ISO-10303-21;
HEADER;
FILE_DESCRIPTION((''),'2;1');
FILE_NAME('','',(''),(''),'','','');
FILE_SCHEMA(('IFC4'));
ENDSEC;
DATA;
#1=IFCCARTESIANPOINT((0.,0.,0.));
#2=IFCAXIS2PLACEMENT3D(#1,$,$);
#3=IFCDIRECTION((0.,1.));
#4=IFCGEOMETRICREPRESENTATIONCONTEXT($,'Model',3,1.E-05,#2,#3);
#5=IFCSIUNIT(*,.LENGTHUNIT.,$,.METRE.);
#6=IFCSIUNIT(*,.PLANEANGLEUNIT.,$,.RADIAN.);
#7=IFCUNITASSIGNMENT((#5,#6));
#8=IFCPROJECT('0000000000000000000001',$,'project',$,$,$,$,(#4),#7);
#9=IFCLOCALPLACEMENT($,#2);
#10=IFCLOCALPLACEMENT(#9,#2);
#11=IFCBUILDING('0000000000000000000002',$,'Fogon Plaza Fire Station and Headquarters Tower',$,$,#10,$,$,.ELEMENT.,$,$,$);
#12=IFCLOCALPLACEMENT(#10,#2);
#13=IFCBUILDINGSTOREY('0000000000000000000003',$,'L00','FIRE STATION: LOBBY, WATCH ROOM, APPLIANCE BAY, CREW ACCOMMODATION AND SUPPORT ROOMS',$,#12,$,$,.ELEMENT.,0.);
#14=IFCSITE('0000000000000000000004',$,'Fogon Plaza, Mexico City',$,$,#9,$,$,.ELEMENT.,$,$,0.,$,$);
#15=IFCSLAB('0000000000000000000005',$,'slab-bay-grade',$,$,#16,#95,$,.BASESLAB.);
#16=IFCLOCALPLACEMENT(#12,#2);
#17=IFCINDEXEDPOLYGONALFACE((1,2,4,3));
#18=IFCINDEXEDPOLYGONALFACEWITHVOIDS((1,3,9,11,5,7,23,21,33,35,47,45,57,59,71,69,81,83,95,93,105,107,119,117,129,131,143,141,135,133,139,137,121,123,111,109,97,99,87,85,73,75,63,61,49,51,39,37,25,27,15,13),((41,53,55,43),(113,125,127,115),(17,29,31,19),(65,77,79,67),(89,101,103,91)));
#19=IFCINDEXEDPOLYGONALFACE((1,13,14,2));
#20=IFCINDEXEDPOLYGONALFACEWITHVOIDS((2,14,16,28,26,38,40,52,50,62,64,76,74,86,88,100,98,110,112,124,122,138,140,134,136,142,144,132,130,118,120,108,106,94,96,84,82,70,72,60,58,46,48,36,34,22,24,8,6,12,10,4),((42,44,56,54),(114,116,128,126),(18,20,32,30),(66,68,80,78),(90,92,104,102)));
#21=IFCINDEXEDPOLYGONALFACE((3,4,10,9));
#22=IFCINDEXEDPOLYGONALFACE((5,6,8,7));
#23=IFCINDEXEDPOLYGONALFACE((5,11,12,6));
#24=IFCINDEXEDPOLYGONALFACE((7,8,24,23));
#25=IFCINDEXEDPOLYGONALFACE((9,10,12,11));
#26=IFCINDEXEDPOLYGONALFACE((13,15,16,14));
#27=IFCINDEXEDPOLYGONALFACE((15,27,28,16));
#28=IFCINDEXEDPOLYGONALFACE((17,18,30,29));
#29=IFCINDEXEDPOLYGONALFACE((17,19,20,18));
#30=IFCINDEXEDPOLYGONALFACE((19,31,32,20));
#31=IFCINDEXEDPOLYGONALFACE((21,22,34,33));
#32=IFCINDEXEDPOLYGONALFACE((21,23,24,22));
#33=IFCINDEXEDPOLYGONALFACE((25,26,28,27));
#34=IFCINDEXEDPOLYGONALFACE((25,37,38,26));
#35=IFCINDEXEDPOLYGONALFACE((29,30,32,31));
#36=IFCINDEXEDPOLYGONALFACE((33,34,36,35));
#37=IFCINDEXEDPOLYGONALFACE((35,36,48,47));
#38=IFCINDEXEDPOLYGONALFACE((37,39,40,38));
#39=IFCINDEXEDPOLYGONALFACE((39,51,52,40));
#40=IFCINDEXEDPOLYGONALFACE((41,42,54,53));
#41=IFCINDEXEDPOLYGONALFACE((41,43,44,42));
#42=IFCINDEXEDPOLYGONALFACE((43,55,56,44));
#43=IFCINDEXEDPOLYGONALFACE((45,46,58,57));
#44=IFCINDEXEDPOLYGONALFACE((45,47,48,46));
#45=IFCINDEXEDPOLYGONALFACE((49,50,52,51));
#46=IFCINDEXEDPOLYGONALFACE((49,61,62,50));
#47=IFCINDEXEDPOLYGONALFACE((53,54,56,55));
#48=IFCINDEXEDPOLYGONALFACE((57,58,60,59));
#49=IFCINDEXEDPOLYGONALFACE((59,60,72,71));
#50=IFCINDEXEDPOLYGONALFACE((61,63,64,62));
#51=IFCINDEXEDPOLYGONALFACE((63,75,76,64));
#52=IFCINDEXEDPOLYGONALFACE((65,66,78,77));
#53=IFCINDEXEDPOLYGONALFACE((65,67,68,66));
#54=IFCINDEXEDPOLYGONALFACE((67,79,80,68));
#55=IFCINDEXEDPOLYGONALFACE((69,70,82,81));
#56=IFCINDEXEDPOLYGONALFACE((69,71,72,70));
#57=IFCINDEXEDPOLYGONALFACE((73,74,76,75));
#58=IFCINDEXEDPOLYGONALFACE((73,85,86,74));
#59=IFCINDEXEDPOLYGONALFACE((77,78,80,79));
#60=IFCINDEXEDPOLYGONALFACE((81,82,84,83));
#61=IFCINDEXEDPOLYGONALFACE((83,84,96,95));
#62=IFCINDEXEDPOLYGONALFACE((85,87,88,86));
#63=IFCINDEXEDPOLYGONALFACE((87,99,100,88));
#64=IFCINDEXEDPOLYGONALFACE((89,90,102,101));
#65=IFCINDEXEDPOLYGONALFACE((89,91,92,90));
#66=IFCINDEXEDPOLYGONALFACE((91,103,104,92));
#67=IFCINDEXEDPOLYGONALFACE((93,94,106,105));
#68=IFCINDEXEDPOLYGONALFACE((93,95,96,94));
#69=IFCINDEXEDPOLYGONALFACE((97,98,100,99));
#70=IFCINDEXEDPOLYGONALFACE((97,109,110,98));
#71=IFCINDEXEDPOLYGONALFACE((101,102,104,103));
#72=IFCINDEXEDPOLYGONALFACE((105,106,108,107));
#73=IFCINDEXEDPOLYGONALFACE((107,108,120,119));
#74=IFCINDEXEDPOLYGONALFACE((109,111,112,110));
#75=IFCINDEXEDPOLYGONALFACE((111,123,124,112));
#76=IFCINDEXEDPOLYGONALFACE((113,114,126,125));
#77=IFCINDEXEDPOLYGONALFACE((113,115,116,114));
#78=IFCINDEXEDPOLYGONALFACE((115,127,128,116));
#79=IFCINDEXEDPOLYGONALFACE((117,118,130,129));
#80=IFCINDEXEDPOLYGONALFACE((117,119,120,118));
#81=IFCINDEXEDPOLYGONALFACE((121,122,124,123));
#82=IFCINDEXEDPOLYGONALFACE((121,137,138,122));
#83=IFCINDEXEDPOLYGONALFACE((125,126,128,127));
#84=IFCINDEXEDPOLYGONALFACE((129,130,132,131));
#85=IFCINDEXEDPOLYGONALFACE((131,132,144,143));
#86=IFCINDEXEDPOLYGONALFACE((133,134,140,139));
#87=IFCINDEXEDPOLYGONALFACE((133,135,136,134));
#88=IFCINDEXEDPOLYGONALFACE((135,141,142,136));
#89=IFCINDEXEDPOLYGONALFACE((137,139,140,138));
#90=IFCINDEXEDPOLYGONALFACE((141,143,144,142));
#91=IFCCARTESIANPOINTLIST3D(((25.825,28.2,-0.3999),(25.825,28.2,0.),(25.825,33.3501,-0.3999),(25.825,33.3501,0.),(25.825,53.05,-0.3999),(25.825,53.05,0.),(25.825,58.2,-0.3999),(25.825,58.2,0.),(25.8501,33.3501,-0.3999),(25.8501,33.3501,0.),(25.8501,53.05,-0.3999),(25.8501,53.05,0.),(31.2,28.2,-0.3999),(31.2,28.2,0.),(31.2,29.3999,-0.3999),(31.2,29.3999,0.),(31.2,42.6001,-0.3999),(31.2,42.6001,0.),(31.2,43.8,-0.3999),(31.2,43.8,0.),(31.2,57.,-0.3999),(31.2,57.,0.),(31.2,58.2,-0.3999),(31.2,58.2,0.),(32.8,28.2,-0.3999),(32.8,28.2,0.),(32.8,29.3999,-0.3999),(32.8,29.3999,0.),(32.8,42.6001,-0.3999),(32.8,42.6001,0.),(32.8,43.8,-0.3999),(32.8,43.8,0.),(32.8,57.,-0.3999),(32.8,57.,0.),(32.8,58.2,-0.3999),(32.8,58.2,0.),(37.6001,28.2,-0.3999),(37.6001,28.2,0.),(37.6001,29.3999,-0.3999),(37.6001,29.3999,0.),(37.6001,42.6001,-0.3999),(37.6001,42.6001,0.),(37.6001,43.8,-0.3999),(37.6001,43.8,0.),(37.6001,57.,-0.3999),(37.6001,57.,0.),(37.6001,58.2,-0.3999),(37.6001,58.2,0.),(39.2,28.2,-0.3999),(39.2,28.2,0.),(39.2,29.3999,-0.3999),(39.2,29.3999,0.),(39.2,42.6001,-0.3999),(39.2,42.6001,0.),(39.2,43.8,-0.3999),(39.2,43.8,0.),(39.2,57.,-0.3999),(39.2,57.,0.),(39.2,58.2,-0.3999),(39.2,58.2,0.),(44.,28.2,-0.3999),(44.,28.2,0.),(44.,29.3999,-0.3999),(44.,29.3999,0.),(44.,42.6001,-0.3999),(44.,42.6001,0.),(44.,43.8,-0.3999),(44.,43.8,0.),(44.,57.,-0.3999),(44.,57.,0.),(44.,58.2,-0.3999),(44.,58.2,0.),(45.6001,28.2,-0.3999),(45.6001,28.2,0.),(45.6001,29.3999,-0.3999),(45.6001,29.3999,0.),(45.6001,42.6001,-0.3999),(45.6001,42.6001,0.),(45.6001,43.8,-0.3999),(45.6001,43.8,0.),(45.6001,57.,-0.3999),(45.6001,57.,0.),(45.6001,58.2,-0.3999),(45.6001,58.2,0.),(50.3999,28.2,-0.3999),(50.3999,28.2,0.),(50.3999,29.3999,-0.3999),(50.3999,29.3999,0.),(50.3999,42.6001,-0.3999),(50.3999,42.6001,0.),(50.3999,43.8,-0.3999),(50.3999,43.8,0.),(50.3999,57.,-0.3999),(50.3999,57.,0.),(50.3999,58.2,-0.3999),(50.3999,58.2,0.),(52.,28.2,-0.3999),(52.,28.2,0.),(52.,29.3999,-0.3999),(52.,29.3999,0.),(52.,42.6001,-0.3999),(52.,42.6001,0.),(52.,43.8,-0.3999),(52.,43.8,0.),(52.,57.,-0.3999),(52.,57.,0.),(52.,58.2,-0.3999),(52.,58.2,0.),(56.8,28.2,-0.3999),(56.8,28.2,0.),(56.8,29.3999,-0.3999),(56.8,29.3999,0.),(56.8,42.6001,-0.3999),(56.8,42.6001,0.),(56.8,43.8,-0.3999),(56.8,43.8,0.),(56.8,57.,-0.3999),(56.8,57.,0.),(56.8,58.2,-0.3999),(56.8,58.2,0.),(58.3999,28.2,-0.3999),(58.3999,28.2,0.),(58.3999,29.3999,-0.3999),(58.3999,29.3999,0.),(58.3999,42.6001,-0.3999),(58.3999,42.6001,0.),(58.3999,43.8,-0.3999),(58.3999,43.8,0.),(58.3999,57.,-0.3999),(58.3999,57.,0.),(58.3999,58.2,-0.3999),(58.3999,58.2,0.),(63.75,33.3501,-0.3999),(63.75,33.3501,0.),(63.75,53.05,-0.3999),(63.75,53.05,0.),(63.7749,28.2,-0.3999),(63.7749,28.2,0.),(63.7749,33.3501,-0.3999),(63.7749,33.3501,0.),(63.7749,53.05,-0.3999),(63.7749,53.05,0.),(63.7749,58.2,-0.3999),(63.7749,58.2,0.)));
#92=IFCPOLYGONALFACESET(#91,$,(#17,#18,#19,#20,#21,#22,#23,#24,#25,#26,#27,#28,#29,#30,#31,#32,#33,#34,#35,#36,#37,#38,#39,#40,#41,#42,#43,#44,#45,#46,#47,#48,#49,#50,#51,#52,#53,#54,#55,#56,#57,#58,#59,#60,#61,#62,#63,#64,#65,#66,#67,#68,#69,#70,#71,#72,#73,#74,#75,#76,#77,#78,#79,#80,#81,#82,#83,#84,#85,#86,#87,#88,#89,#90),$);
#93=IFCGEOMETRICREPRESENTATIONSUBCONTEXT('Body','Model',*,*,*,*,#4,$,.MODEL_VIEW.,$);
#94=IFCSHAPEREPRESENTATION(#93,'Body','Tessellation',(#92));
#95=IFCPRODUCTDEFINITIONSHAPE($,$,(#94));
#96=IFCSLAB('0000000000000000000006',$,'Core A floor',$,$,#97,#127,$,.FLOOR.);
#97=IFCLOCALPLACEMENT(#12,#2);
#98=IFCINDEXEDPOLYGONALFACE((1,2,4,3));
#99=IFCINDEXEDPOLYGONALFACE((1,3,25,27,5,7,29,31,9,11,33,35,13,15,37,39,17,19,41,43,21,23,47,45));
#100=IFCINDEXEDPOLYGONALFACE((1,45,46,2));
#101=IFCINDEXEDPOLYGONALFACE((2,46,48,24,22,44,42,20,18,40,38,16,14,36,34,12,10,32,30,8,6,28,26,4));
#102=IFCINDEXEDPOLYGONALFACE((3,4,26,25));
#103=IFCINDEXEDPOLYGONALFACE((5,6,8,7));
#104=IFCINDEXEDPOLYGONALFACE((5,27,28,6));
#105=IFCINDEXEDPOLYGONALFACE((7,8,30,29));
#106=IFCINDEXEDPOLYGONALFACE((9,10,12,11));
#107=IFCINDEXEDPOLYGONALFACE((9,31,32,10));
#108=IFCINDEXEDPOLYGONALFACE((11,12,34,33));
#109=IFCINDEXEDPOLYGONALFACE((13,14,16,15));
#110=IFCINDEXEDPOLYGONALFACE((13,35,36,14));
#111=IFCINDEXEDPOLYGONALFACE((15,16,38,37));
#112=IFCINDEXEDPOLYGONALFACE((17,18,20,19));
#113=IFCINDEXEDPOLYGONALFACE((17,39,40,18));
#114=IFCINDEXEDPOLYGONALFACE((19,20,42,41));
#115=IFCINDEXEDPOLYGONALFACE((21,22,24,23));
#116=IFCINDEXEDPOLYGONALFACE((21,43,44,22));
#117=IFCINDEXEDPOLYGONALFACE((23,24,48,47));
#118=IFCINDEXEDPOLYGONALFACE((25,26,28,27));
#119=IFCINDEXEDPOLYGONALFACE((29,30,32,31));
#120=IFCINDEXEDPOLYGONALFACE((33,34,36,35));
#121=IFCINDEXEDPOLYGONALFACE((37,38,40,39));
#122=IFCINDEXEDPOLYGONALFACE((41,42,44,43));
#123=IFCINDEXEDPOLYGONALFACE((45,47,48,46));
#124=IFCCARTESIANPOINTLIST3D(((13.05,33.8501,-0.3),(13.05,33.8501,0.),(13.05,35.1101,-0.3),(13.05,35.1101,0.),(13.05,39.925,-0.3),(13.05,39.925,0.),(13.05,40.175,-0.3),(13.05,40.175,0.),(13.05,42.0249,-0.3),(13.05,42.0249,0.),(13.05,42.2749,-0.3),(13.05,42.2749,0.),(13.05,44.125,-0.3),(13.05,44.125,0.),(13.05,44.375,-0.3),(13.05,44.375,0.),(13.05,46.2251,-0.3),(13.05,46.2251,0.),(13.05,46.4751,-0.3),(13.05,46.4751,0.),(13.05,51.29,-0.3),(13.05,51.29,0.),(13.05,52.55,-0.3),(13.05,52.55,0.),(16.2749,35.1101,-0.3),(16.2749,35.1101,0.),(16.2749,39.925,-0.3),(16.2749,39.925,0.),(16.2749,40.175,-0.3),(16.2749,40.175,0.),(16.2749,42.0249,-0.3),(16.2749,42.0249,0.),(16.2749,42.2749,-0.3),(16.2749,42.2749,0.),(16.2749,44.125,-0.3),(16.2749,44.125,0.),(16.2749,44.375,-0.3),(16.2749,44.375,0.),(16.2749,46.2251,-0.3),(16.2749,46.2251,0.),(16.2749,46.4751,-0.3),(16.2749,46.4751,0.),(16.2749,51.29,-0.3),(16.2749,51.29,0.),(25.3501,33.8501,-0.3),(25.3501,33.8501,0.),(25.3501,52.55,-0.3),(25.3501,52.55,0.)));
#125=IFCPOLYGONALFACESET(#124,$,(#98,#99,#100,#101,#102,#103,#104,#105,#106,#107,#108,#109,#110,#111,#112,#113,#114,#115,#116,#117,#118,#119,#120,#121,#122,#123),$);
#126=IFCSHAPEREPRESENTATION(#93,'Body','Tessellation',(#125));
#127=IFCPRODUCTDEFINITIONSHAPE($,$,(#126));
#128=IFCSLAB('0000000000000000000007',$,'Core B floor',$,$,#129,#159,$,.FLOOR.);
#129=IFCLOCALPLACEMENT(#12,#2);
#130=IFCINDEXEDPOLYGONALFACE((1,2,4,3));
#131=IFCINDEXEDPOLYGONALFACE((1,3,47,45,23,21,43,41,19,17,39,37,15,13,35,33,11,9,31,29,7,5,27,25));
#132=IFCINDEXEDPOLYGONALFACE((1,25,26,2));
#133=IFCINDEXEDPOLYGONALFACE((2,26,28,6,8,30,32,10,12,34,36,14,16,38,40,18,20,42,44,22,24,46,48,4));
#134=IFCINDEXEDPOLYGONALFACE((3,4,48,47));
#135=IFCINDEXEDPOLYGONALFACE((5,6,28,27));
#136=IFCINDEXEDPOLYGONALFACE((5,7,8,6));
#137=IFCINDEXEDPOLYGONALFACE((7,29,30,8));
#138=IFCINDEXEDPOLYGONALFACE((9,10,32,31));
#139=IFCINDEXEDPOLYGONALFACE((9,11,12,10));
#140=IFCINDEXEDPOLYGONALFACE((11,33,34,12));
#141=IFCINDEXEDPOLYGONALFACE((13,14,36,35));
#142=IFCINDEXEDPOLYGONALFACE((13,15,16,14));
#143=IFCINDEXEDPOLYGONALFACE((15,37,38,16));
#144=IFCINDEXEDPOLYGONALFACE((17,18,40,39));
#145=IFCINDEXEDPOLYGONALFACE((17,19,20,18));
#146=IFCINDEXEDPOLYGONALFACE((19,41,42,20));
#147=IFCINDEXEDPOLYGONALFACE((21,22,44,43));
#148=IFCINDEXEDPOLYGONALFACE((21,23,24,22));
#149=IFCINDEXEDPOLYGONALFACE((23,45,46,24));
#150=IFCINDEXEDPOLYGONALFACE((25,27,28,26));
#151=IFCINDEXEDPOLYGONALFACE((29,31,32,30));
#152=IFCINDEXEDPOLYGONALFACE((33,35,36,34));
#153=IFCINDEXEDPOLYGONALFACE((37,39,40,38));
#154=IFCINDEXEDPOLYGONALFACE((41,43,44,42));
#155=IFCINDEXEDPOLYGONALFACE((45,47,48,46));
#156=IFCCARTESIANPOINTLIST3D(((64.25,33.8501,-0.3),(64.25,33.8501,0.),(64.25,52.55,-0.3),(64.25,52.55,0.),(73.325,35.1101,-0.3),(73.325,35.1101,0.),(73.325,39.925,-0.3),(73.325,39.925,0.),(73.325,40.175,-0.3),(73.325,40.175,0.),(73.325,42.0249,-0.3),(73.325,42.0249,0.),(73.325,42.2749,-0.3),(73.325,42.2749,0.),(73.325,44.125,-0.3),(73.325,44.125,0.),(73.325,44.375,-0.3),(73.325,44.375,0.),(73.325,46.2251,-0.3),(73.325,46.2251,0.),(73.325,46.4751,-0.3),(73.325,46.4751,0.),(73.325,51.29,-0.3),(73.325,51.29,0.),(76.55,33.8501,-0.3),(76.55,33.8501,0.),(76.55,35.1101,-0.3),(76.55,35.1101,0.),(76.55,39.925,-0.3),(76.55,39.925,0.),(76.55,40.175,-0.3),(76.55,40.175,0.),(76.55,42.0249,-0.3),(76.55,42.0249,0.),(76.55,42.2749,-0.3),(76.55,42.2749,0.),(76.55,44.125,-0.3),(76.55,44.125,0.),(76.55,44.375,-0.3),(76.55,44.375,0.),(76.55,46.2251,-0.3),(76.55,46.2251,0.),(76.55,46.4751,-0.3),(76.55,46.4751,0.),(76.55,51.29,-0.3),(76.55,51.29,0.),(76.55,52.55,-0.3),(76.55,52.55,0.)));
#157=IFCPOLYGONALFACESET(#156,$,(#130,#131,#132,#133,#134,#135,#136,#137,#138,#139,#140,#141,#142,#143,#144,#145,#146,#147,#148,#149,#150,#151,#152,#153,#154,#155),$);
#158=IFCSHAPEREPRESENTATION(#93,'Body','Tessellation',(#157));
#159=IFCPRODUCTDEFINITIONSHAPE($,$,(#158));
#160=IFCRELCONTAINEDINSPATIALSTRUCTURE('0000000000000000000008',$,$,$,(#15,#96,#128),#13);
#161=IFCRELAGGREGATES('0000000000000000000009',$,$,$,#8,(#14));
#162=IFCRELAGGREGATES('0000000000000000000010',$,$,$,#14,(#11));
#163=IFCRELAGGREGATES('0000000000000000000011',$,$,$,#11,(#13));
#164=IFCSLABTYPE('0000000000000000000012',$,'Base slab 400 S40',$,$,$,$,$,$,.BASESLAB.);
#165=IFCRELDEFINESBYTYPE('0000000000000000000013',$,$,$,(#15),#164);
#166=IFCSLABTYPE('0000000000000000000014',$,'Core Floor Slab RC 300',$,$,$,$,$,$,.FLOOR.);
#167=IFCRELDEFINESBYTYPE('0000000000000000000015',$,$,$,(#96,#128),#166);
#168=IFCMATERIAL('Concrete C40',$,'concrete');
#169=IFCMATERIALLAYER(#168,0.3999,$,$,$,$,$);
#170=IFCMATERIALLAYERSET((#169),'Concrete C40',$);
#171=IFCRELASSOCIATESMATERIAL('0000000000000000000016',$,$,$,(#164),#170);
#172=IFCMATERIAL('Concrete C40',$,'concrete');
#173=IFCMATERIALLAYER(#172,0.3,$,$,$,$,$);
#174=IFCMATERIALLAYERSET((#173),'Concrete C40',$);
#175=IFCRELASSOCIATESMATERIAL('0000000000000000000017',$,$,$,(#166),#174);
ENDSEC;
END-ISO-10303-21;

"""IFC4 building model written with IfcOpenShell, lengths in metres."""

from ifc_helpers import new_model, si_unit, direction, frame, origin, place, context, subcontext, project, spatial, polyline, outline, extrude, material, layer, layer_set, type_object, element, save


model = new_model("IFC4")

# Units and contexts
model_context = context("Model", 3, precision=1e-05, world=origin(), true_north=direction((0.0, 1.0)))
body_context = subcontext(model_context, "Body", "Model", "MODEL_VIEW")
ifc_project = project(units=[si_unit("LENGTHUNIT", "METRE"), si_unit("PLANEANGLEUNIT", "RADIAN")], contexts=[model_context])

# Site, building, storey
site_placement = place(None, origin())
site = spatial("IfcSite", under=ifc_project, at=site_placement, Name="Fogon Plaza, Mexico City", CompositionType="ELEMENT", RefElevation=0.0)
building_placement = place(site_placement, origin())
building = spatial("IfcBuilding", under=site, at=building_placement, Name="Fogon Plaza Fire Station and Headquarters Tower", CompositionType="ELEMENT")
storey_placement = place(building_placement, origin())
storey = spatial("IfcBuildingStorey", under=building, at=storey_placement, Name="L00", Description="FIRE STATION: LOBBY, WATCH ROOM, APPLIANCE BAY, CREW ACCOMMODATION AND SUPPORT ROOMS", CompositionType="ELEMENT", Elevation=0.0)

# Slabs
ifc_material_1 = material(Name="Concrete C40", Category="concrete")
ifc_layer_1 = layer(ifc_material_1, 0.3999)
ifc_layer_set_1 = layer_set([ifc_layer_1], Name="Concrete C40")
slab_type_1 = type_object("IfcSlabType", Name="Base slab 400 S40", PredefinedType="BASESLAB", material=ifc_layer_set_1)
slab_1_placement = place(storey_placement, frame((0.0, 0.0, -0.3999)))
element("IfcSlab", 1, at=slab_1_placement, inside=storey, type_object=slab_type_1, Name="slab-bay-grade", PredefinedType="BASESLAB", context=body_context, shape_type="SweptSolid", body=[
    extrude(outline(polyline([(63.7749, 28.2), (58.3999, 28.2), (58.3999, 29.3999), (56.8, 29.3999), (56.8, 28.2), (52.0, 28.2), (52.0, 29.3999), (50.3999, 29.3999), (50.3999, 28.2), (45.6001, 28.2), (45.6001, 29.3999), (44.0, 29.3999), (44.0, 28.2), (39.2, 28.2), (39.2, 29.3999), (37.6001, 29.3999), (37.6001, 28.2), (32.8, 28.2), (32.8, 29.3999), (31.2, 29.3999), (31.2, 28.2), (25.825, 28.2), (25.825, 33.3501), (25.8501, 33.3501), (25.8501, 53.05), (25.825, 53.05), (25.825, 58.2), (31.2, 58.2), (31.2, 57.0), (32.8, 57.0), (32.8, 58.2), (37.6001, 58.2), (37.6001, 57.0), (39.2, 57.0), (39.2, 58.2), (44.0, 58.2), (44.0, 57.0), (45.6001, 57.0), (45.6001, 58.2), (50.3999, 58.2), (50.3999, 57.0), (52.0, 57.0), (52.0, 58.2), (56.8, 58.2), (56.8, 57.0), (58.3999, 57.0), (58.3999, 58.2), (63.7749, 58.2), (63.7749, 53.05), (63.75, 53.05), (63.75, 33.3501), (63.7749, 33.3501), (63.7749, 28.2)]), holes=[polyline([(32.8, 43.8), (31.2, 43.8), (31.2, 42.6001), (32.8, 42.6001), (32.8, 43.8)]), polyline([(39.2, 43.8), (37.6001, 43.8), (37.6001, 42.6001), (39.2, 42.6001), (39.2, 43.8)]), polyline([(45.6001, 43.8), (44.0, 43.8), (44.0, 42.6001), (45.6001, 42.6001), (45.6001, 43.8)]), polyline([(52.0, 43.8), (50.3999, 43.8), (50.3999, 42.6001), (52.0, 42.6001), (52.0, 43.8)]), polyline([(58.3999, 43.8), (56.8, 43.8), (56.8, 42.6001), (58.3999, 42.6001), (58.3999, 43.8)])]), origin(), (0.0, 0.0, 1.0), 0.3999),
])
ifc_material_2 = material(Name="Concrete C40", Category="concrete")
ifc_layer_2 = layer(ifc_material_2, 0.3)
ifc_layer_set_2 = layer_set([ifc_layer_2], Name="Concrete C40")
slab_type_2 = type_object("IfcSlabType", Name="Core Floor Slab RC 300", PredefinedType="FLOOR", material=ifc_layer_set_2)
slab_2_placement = place(storey_placement, frame((0.0, 0.0, -0.3)))
element("IfcSlab", 2, at=slab_2_placement, inside=storey, type_object=slab_type_2, Name="Core A floor", PredefinedType="FLOOR", context=body_context, shape_type="SweptSolid", body=[
    extrude(outline(polyline([(13.05, 35.1101), (13.05, 33.8501), (25.3501, 33.8501), (25.3501, 52.55), (13.05, 52.55), (13.05, 51.29), (16.2749, 51.29), (16.2749, 46.4751), (13.05, 46.4751), (13.05, 46.2251), (16.2749, 46.2251), (16.2749, 44.375), (13.05, 44.375), (13.05, 44.125), (16.2749, 44.125), (16.2749, 42.2749), (13.05, 42.2749), (13.05, 42.0249), (16.2749, 42.0249), (16.2749, 40.175), (13.05, 40.175), (13.05, 39.925), (16.2749, 39.925), (16.2749, 35.1101), (13.05, 35.1101)])), origin(), (0.0, 0.0, 1.0), 0.3),
])
slab_3_placement = place(storey_placement, frame((0.0, 0.0, -0.3)))
element("IfcSlab", 3, at=slab_3_placement, inside=storey, type_object=slab_type_2, Name="Core B floor", PredefinedType="FLOOR", context=body_context, shape_type="SweptSolid", body=[
    extrude(outline(polyline([(76.55, 35.1101), (73.325, 35.1101), (73.325, 39.925), (76.55, 39.925), (76.55, 40.175), (73.325, 40.175), (73.325, 42.0249), (76.55, 42.0249), (76.55, 42.2749), (73.325, 42.2749), (73.325, 44.125), (76.55, 44.125), (76.55, 44.375), (73.325, 44.375), (73.325, 46.2251), (76.55, 46.2251), (76.55, 46.4751), (73.325, 46.4751), (73.325, 51.29), (76.55, 51.29), (76.55, 52.55), (64.25, 52.55), (64.25, 33.8501), (76.55, 33.8501), (76.55, 35.1101)])), origin(), (0.0, 0.0, 1.0), 0.3),
])

save(model, "model.ifc")
